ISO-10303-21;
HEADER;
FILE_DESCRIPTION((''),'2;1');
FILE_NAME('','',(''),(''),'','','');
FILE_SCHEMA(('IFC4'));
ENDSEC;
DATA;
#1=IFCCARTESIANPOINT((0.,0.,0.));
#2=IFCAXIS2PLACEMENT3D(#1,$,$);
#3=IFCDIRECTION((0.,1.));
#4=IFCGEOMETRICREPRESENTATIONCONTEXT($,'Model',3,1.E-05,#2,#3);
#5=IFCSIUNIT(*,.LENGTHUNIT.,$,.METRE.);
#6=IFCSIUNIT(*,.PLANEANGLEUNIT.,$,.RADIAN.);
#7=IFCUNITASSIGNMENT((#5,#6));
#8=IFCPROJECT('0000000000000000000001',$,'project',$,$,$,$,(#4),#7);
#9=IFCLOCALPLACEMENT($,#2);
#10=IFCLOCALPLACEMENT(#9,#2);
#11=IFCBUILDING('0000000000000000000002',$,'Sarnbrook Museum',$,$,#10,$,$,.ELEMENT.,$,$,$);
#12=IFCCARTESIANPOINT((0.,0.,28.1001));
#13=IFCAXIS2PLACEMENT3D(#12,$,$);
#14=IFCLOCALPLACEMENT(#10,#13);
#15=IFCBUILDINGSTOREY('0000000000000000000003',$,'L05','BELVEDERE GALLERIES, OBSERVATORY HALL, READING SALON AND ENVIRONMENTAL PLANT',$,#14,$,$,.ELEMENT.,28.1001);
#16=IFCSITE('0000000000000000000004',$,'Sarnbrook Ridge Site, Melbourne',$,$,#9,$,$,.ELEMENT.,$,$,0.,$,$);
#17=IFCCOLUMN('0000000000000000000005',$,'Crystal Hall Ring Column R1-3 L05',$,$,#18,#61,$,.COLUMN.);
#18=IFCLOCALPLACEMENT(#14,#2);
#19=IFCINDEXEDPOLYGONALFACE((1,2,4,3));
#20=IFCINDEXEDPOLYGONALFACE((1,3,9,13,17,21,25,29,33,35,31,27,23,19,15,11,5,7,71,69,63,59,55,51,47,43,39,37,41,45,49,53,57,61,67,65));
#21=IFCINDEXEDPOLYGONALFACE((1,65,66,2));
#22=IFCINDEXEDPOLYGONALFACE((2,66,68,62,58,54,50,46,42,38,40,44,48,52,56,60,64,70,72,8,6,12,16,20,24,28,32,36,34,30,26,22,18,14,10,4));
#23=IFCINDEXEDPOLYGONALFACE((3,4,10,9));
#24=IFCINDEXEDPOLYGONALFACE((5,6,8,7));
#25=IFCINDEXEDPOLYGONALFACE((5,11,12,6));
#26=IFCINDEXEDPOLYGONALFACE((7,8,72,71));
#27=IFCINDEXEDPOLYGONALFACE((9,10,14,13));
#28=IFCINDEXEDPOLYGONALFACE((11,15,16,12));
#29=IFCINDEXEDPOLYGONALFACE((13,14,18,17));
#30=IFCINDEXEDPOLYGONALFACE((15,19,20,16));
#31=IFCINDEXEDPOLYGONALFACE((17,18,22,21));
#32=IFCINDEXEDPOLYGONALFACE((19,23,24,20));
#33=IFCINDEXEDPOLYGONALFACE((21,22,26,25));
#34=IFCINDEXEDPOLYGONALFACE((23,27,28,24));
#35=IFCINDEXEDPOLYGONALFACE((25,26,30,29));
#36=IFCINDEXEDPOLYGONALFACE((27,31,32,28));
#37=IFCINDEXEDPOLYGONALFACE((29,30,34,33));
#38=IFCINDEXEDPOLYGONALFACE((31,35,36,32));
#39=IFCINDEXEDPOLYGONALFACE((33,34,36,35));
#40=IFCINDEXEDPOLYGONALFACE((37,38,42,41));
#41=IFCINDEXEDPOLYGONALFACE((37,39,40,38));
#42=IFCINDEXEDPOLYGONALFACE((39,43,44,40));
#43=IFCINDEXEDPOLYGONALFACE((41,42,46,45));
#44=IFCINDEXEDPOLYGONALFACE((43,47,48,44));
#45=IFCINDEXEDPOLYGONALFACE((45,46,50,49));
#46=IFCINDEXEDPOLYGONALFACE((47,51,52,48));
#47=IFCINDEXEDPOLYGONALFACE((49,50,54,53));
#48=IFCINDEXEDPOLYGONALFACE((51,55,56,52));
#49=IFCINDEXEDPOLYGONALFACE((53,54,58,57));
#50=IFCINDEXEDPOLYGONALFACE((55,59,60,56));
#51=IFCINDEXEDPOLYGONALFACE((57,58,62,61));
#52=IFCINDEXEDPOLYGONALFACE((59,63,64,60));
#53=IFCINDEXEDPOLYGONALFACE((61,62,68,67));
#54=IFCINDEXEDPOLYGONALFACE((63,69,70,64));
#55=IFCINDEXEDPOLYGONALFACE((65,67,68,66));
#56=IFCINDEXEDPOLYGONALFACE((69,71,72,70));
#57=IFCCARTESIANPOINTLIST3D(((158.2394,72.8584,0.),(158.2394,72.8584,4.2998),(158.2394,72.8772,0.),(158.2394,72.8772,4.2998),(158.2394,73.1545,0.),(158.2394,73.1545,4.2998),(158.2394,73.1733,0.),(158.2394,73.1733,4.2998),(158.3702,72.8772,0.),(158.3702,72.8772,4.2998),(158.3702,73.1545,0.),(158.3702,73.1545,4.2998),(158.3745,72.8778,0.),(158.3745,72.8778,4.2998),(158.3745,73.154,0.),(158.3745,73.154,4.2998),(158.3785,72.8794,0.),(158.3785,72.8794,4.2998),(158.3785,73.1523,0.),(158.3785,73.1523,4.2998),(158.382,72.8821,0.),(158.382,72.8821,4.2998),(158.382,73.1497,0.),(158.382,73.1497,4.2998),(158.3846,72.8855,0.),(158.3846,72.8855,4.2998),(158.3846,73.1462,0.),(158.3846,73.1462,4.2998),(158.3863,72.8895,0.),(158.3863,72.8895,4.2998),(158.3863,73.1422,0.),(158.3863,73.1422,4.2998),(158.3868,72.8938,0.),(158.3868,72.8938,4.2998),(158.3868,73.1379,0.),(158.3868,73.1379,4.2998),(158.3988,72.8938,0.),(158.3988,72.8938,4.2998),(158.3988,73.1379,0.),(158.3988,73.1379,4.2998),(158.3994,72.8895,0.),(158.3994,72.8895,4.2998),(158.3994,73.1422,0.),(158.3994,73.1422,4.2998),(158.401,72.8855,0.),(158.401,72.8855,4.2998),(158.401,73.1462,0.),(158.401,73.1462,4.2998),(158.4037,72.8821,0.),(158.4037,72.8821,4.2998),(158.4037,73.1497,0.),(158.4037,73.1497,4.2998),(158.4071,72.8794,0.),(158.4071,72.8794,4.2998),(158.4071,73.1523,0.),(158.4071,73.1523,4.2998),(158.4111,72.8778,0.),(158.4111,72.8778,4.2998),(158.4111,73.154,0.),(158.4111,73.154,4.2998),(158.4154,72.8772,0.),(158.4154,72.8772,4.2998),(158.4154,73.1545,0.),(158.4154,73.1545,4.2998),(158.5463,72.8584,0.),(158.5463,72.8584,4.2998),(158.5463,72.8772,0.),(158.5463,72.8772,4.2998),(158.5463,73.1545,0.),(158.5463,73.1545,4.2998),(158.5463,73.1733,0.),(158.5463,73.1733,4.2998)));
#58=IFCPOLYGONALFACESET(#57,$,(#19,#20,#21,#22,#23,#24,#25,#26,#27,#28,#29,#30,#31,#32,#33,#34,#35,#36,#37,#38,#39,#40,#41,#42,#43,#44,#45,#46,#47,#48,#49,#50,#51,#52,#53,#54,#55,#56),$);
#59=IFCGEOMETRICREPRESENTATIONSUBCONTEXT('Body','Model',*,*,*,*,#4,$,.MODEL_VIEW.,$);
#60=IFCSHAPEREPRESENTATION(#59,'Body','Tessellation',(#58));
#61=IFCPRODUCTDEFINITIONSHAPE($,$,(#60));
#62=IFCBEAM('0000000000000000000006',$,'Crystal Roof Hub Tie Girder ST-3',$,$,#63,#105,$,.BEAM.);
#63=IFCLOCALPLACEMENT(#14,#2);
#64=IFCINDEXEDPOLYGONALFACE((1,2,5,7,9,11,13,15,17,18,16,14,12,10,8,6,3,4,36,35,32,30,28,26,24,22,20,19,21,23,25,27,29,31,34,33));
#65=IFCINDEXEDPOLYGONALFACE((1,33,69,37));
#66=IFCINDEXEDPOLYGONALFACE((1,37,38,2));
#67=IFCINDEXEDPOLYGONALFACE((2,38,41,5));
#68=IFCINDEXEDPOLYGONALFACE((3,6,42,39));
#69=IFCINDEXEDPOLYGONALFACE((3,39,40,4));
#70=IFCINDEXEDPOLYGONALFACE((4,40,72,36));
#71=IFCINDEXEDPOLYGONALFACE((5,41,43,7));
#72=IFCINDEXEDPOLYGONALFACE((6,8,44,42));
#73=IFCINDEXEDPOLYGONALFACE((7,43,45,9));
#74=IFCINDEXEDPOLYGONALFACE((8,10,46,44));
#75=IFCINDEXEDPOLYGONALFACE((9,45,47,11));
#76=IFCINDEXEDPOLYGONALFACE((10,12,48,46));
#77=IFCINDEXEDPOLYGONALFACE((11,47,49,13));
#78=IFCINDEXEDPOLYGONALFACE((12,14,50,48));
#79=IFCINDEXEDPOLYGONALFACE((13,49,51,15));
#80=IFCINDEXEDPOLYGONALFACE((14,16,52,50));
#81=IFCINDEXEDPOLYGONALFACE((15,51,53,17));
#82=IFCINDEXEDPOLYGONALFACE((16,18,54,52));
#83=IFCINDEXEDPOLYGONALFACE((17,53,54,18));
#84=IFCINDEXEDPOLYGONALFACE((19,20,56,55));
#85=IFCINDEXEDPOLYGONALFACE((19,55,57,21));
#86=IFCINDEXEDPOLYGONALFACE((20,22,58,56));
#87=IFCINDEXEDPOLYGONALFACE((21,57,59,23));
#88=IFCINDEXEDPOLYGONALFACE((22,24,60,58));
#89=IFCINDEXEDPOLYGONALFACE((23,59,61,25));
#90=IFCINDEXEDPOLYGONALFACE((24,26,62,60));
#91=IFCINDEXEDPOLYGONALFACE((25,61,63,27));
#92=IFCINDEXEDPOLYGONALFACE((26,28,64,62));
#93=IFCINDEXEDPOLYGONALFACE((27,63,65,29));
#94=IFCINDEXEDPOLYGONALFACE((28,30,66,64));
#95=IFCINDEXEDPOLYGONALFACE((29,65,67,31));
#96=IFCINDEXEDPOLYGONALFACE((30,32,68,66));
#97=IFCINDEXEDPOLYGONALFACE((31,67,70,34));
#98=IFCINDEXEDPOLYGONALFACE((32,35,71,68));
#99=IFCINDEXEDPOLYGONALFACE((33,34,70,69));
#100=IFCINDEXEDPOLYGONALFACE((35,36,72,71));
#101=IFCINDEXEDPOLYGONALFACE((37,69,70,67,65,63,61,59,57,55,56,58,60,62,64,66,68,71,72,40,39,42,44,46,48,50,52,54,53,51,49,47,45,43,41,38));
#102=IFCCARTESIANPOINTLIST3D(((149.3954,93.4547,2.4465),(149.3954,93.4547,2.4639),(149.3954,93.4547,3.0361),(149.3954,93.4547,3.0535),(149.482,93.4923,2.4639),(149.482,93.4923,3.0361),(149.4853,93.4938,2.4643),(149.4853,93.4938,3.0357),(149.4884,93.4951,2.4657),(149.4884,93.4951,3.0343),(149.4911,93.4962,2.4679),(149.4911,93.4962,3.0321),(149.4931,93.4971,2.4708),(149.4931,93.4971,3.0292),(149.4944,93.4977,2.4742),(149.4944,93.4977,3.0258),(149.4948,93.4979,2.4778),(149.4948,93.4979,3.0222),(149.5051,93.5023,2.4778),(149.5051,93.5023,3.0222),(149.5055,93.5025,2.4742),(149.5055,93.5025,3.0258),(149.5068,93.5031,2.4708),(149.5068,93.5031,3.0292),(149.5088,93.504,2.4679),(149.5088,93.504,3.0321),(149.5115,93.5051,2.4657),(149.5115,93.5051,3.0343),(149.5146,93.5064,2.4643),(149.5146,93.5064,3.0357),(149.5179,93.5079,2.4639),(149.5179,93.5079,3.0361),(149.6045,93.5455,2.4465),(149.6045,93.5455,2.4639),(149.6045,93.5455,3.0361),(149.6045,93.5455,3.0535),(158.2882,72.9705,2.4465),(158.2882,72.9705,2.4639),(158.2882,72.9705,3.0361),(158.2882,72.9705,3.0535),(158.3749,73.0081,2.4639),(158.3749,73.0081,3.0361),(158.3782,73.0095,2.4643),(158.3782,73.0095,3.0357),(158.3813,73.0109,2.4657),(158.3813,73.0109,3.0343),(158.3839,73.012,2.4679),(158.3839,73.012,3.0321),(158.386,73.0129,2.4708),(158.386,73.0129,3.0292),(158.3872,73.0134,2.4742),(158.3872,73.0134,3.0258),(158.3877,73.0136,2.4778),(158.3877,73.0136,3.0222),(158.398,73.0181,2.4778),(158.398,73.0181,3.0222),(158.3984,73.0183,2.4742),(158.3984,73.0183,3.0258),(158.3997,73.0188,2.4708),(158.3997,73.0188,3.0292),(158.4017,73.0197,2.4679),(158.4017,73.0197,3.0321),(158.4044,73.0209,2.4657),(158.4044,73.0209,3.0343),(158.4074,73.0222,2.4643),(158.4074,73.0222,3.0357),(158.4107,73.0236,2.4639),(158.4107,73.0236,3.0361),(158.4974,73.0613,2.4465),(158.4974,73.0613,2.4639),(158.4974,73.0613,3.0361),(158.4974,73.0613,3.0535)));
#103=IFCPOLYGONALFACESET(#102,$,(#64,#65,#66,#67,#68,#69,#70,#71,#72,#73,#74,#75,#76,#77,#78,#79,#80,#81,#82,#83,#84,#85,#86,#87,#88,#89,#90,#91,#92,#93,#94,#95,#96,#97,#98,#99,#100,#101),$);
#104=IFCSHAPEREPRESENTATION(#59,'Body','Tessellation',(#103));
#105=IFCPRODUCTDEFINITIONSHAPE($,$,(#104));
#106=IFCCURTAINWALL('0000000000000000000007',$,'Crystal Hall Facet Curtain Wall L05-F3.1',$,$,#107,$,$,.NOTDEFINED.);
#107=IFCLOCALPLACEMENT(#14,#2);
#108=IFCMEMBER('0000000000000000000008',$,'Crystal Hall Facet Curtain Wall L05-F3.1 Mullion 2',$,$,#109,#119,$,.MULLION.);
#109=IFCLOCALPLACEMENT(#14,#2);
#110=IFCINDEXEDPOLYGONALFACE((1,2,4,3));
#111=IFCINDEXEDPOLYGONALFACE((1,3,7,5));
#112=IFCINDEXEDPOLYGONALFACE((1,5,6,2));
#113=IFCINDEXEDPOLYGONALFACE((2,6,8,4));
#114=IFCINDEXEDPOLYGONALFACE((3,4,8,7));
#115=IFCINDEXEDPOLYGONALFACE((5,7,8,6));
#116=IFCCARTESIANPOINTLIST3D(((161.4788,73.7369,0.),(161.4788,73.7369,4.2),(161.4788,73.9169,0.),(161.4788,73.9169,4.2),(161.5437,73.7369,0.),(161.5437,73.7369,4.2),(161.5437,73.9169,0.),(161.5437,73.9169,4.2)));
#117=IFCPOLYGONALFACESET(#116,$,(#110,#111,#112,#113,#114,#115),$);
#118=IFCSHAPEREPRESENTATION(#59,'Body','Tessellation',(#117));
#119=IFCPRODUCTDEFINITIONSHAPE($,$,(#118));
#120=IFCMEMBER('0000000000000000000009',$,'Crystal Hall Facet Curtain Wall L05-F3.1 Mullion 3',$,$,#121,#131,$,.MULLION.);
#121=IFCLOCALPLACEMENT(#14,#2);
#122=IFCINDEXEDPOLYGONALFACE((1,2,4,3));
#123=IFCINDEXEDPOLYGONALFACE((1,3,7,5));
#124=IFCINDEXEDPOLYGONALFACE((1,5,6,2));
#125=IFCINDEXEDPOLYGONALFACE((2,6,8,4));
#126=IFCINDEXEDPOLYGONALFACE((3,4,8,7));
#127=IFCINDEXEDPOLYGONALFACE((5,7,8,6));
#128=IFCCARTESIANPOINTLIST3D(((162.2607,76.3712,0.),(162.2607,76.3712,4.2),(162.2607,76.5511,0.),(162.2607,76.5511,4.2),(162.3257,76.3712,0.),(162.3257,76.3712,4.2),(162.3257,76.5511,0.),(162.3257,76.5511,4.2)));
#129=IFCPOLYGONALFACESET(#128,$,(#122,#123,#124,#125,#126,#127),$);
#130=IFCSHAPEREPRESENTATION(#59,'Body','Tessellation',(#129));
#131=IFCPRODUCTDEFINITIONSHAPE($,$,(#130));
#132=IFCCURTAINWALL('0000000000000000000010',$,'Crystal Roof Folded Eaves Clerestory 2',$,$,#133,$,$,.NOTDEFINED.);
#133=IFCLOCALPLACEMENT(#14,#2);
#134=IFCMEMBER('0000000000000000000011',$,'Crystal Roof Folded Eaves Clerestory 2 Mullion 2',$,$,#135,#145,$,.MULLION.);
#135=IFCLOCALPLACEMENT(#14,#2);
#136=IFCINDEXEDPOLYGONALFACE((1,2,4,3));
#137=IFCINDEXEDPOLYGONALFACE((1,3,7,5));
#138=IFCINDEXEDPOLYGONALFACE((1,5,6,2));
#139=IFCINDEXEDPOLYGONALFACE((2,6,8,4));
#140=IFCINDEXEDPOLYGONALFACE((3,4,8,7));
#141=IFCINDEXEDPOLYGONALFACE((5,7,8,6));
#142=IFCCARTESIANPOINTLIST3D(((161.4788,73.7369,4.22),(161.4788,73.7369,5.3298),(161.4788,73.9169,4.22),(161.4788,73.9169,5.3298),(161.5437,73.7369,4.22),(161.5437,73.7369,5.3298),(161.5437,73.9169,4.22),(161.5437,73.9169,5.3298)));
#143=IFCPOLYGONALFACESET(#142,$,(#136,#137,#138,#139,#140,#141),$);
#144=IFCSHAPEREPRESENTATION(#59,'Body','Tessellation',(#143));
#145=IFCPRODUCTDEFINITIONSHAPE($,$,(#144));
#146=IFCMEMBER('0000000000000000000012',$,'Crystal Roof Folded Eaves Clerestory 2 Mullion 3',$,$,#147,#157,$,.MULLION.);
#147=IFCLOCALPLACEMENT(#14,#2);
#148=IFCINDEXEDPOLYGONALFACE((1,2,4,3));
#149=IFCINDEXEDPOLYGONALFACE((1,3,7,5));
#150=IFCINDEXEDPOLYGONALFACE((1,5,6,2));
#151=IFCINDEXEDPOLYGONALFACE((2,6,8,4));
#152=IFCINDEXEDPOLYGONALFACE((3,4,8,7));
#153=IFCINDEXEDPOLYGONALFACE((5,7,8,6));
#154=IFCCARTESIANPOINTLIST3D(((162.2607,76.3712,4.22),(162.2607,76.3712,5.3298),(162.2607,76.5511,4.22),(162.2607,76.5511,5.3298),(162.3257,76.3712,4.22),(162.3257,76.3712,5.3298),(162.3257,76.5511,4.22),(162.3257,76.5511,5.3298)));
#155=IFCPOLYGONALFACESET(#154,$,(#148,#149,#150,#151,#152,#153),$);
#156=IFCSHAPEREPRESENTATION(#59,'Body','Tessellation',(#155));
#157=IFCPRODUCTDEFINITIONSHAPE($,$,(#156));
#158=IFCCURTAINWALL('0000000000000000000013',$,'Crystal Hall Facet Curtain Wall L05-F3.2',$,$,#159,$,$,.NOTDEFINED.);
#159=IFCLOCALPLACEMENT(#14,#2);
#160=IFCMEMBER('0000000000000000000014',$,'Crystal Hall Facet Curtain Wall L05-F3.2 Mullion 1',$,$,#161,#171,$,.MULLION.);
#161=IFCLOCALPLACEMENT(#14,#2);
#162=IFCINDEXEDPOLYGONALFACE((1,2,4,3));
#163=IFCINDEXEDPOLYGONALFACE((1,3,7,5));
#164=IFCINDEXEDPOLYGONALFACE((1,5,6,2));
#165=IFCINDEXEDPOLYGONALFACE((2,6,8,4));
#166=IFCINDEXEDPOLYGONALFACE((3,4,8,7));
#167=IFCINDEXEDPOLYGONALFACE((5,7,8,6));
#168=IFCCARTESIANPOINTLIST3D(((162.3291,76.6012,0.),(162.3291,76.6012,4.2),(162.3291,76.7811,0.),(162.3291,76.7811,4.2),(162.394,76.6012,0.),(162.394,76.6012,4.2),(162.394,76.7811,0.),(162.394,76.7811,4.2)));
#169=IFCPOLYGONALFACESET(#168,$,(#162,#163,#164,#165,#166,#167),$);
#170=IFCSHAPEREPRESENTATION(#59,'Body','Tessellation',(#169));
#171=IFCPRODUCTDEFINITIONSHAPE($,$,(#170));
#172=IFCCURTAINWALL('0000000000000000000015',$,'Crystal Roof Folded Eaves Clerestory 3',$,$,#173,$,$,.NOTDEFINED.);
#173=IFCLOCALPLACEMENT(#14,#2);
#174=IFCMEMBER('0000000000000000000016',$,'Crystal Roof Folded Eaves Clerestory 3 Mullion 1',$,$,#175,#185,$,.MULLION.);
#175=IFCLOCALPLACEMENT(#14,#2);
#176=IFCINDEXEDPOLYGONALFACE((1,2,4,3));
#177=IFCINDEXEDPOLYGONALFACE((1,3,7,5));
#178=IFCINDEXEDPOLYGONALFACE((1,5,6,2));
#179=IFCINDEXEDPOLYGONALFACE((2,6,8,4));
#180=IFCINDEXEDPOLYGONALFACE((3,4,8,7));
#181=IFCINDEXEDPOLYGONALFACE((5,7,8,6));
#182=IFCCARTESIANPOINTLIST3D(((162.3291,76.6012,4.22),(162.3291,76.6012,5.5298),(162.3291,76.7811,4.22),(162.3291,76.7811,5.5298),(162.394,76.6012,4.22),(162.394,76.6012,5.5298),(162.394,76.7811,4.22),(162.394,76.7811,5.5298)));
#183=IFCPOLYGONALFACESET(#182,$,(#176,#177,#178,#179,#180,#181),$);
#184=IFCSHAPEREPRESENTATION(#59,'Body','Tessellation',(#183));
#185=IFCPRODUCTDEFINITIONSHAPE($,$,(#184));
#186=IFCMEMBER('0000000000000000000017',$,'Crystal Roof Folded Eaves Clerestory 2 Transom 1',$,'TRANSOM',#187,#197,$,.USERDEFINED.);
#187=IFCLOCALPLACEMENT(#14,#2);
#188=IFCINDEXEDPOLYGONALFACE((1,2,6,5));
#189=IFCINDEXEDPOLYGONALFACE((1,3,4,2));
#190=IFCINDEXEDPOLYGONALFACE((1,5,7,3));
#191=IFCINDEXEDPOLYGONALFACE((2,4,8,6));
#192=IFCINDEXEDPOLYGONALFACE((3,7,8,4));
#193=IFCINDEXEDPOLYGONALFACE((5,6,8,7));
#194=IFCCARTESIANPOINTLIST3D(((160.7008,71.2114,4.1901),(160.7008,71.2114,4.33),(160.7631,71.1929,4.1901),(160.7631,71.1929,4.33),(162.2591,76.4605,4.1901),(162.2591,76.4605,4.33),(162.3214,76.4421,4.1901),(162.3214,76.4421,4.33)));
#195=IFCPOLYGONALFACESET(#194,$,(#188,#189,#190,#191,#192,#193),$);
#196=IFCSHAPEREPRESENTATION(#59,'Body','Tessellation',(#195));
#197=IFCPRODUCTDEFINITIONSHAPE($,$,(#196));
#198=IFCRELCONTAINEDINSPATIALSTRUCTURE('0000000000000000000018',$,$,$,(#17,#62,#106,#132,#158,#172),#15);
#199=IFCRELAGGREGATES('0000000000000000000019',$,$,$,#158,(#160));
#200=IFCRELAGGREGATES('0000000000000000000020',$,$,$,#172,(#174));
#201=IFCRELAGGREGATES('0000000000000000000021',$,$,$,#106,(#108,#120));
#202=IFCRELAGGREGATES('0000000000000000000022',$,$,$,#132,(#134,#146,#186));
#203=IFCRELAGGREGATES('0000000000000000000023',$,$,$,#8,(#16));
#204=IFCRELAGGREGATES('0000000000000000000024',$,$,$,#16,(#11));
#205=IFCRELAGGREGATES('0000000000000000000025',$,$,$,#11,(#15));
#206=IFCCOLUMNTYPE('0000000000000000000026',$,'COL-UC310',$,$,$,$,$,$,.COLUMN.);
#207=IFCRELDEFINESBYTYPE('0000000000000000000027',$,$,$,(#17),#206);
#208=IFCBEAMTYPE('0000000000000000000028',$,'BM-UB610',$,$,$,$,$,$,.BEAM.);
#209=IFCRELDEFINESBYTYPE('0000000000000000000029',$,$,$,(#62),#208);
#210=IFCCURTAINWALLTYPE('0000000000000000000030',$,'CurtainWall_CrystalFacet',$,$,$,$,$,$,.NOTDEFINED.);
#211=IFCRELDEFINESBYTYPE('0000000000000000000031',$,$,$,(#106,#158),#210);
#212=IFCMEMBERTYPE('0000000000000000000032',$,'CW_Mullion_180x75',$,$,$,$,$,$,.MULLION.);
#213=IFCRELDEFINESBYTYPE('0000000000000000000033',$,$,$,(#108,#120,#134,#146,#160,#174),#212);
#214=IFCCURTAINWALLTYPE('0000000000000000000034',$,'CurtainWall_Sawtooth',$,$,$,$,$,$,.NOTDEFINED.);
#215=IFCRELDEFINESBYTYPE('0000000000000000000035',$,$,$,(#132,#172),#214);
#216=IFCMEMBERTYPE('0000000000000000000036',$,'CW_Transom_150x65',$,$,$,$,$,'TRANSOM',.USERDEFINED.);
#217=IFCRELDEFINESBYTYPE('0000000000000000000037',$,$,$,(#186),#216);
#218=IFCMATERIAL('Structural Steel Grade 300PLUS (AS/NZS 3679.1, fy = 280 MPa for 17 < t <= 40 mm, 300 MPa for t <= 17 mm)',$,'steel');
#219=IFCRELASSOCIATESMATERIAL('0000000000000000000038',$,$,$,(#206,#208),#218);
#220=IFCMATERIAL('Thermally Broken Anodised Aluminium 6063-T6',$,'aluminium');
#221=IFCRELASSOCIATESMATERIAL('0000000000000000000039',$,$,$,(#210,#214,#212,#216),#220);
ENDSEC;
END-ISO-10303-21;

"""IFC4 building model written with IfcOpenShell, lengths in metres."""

from ifc_helpers import new_model, si_unit, direction, frame, origin, origin_2d, place, context, subcontext, project, spatial, rectangle, i_section, extrude, material, material_profile, profile_set, type_object, element, aggregate, save


model = new_model("IFC4")

# Units and contexts
model_context = context("Model", 3, precision=1e-05, world=origin(), true_north=direction((0.0, 1.0)))
body_context = subcontext(model_context, "Body", "Model", "MODEL_VIEW")
ifc_project = project(units=[si_unit("LENGTHUNIT", "METRE"), si_unit("PLANEANGLEUNIT", "RADIAN")], contexts=[model_context])

# Site, building, storey
site_placement = place(None, origin())
site = spatial("IfcSite", under=ifc_project, at=site_placement, Name="Sarnbrook Ridge Site, Melbourne", CompositionType="ELEMENT", RefElevation=0.0)
building_placement = place(site_placement, origin())
building = spatial("IfcBuilding", under=site, at=building_placement, Name="Sarnbrook Museum", CompositionType="ELEMENT")
storey_placement = place(building_placement, frame((0.0, 0.0, 28.1001)))
storey = spatial("IfcBuildingStorey", under=building, at=storey_placement, Name="L05", Description="BELVEDERE GALLERIES, OBSERVATORY HALL, READING SALON AND ENVIRONMENTAL PLANT", CompositionType="ELEMENT", Elevation=28.1001)

# Column
ifc_material_1 = material(Name="Structural Steel Grade 300PLUS (AS/NZS 3679.1, fy = 280 MPa for 17 < t <= 40 mm, 300 MPa for t <= 17 mm)", Category="steel")
ifc_material_profile_1 = material_profile(ifc_material_1, i_section(OverallWidth=0.3069, OverallDepth=0.3149, WebThickness=0.012, FlangeThickness=0.0188, FilletRadius=0.0166, at=origin_2d()), Name="310UC118")
ifc_profile_set_1 = profile_set([ifc_material_profile_1], Name="Structural Steel Grade 300PLUS (AS/NZS 3679.1, fy = 280 MPa for 17 < t <= 40 mm, 300 MPa for t <= 17 mm)")
column_type = type_object("IfcColumnType", Name="COL-UC310", PredefinedType="COLUMN", material=ifc_profile_set_1)
column_placement = place(storey_placement, frame((158.3928, 73.0159, 0.0), z_axis=(0.0, 0.0, 1.0), x_axis=(1.0, 0.0, 0.0)))
element("IfcColumn", 1, at=column_placement, inside=storey, type_object=column_type, Name="Crystal Hall Ring Column R1-3 L05", PredefinedType="COLUMN", context=body_context, shape_type="SweptSolid", body=[
    extrude(i_section(OverallWidth=0.3069, OverallDepth=0.3149, WebThickness=0.012, FlangeThickness=0.0188, FilletRadius=0.0166, at=origin_2d()), origin(), (0.0, 0.0, 1.0), 4.2998),
])

# Beam
ifc_material_profile_2 = material_profile(ifc_material_1, i_section(OverallWidth=0.228, OverallDepth=0.6069, WebThickness=0.0112, FlangeThickness=0.0173, FilletRadius=0.0139, at=origin_2d()), Name="610UB113")
ifc_profile_set_2 = profile_set([ifc_material_profile_2], Name="Structural Steel Grade 300PLUS (AS/NZS 3679.1, fy = 280 MPa for 17 < t <= 40 mm, 300 MPa for t <= 17 mm)")
beam_type = type_object("IfcBeamType", Name="BM-UB610", PredefinedType="BEAM", material=ifc_profile_set_2)
beam_placement = place(storey_placement, frame((158.3928, 73.0159, 2.75), z_axis=(-0.398224, 0.917288, 0.0), x_axis=(-0.917288, -0.398224, 0.0)))
element("IfcBeam", 2, at=beam_placement, inside=storey, type_object=beam_type, Name="Crystal Roof Hub Tie Girder ST-3", PredefinedType="BEAM", context=body_context, shape_type="SweptSolid", body=[
    extrude(i_section(OverallWidth=0.228, OverallDepth=0.6069, WebThickness=0.0112, FlangeThickness=0.0173, FilletRadius=0.0139, at=origin_2d()), origin(), (0.0, 0.0, 1.0), 22.3313),
])

# Curtain walls, members
ifc_material_2 = material(Name="Thermally Broken Anodised Aluminium 6063-T6", Category="aluminium")
curtain_wall_type_1 = type_object("IfcCurtainWallType", Name="CurtainWall_CrystalFacet", PredefinedType="NOTDEFINED", material=ifc_material_2)
curtain_wall_1_placement = place(storey_placement, origin())
curtain_wall_1 = element("IfcCurtainWall", 3, at=curtain_wall_1_placement, inside=storey, type_object=curtain_wall_type_1, Name="Crystal Hall Facet Curtain Wall L05-F3.1", PredefinedType="NOTDEFINED")
ifc_material_profile_3 = material_profile(ifc_material_2, rectangle(XDim=0.0649, YDim=0.1799, at=origin_2d()), Name="ALU MULLION 65x180")
ifc_profile_set_3 = profile_set([ifc_material_profile_3], Name="Thermally Broken Anodised Aluminium 6063-T6")
member_type_1 = type_object("IfcMemberType", Name="CW_Mullion_180x75", PredefinedType="MULLION", material=ifc_profile_set_3)
member_1_placement = place(storey_placement, frame((161.5112, 73.8269, 0.0), z_axis=(0.0, 0.0, 1.0), x_axis=(1.0, 0.0, 0.0)))
member_1 = element("IfcMember", 4, at=member_1_placement, type_object=member_type_1, Name="Crystal Hall Facet Curtain Wall L05-F3.1 Mullion 2", PredefinedType="MULLION", context=body_context, shape_type="SweptSolid", body=[
    extrude(rectangle(XDim=0.0649, YDim=0.1799, at=origin_2d()), origin(), (0.0, 0.0, 1.0), 4.2),
])
member_2_placement = place(storey_placement, frame((162.2932, 76.4612, 0.0), z_axis=(0.0, 0.0, 1.0), x_axis=(1.0, 0.0, 0.0)))
member_2 = element("IfcMember", 5, at=member_2_placement, type_object=member_type_1, Name="Crystal Hall Facet Curtain Wall L05-F3.1 Mullion 3", PredefinedType="MULLION", context=body_context, shape_type="SweptSolid", body=[
    extrude(rectangle(XDim=0.0649, YDim=0.1799, at=origin_2d()), origin(), (0.0, 0.0, 1.0), 4.2),
])
curtain_wall_type_2 = type_object("IfcCurtainWallType", Name="CurtainWall_Sawtooth", PredefinedType="NOTDEFINED", material=ifc_material_2)
curtain_wall_2_placement = place(storey_placement, origin())
curtain_wall_2 = element("IfcCurtainWall", 6, at=curtain_wall_2_placement, inside=storey, type_object=curtain_wall_type_2, Name="Crystal Roof Folded Eaves Clerestory 2", PredefinedType="NOTDEFINED")
member_3_placement = place(storey_placement, frame((161.5112, 73.8269, 4.22), z_axis=(0.0, 0.0, 1.0), x_axis=(1.0, 0.0, 0.0)))
member_3 = element("IfcMember", 7, at=member_3_placement, type_object=member_type_1, Name="Crystal Roof Folded Eaves Clerestory 2 Mullion 2", PredefinedType="MULLION", context=body_context, shape_type="SweptSolid", body=[
    extrude(rectangle(XDim=0.0649, YDim=0.1799, at=origin_2d()), origin(), (0.0, 0.0, 1.0), 1.1099),
])
member_4_placement = place(storey_placement, frame((162.2932, 76.4612, 4.22), z_axis=(0.0, 0.0, 1.0), x_axis=(1.0, 0.0, 0.0)))
member_4 = element("IfcMember", 8, at=member_4_placement, type_object=member_type_1, Name="Crystal Roof Folded Eaves Clerestory 2 Mullion 3", PredefinedType="MULLION", context=body_context, shape_type="SweptSolid", body=[
    extrude(rectangle(XDim=0.0649, YDim=0.1799, at=origin_2d()), origin(), (0.0, 0.0, 1.0), 1.1099),
])

# Curtain walls, members
curtain_wall_3_placement = place(storey_placement, origin())
curtain_wall_3 = element("IfcCurtainWall", 9, at=curtain_wall_3_placement, inside=storey, type_object=curtain_wall_type_1, Name="Crystal Hall Facet Curtain Wall L05-F3.2", PredefinedType="NOTDEFINED")
member_5_placement = place(storey_placement, frame((162.3616, 76.6912, 0.0), z_axis=(0.0, 0.0, 1.0), x_axis=(1.0, 0.0, 0.0)))
member_5 = element("IfcMember", 10, at=member_5_placement, type_object=member_type_1, Name="Crystal Hall Facet Curtain Wall L05-F3.2 Mullion 1", PredefinedType="MULLION", context=body_context, shape_type="SweptSolid", body=[
    extrude(rectangle(XDim=0.0649, YDim=0.1799, at=origin_2d()), origin(), (0.0, 0.0, 1.0), 4.2),
])
curtain_wall_4_placement = place(storey_placement, origin())
curtain_wall_4 = element("IfcCurtainWall", 11, at=curtain_wall_4_placement, inside=storey, type_object=curtain_wall_type_2, Name="Crystal Roof Folded Eaves Clerestory 3", PredefinedType="NOTDEFINED")
member_6_placement = place(storey_placement, frame((162.3616, 76.6912, 4.22), z_axis=(0.0, 0.0, 1.0), x_axis=(1.0, 0.0, 0.0)))
member_6 = element("IfcMember", 12, at=member_6_placement, type_object=member_type_1, Name="Crystal Roof Folded Eaves Clerestory 3 Mullion 1", PredefinedType="MULLION", context=body_context, shape_type="SweptSolid", body=[
    extrude(rectangle(XDim=0.0649, YDim=0.1799, at=origin_2d()), origin(), (0.0, 0.0, 1.0), 1.3098),
])

# Member
ifc_material_profile_4 = material_profile(ifc_material_2, rectangle(XDim=0.0649, YDim=0.1399, at=origin_2d()), Name="ALU TRANSOM 65x140")
ifc_profile_set_4 = profile_set([ifc_material_profile_4], Name="Thermally Broken Anodised Aluminium 6063-T6")
member_type_2 = type_object("IfcMemberType", Name="CW_Transom_150x65", ElementType="TRANSOM", PredefinedType="USERDEFINED", material=ifc_profile_set_4)
member_7_placement = place(storey_placement, frame((160.7319, 71.2021, 4.26), z_axis=(0.284594, 0.958648, 0.0), x_axis=(-0.958648, 0.284594, 0.0)))
member_7 = element("IfcMember", 13, at=member_7_placement, type_object=member_type_2, Name="Crystal Roof Folded Eaves Clerestory 2 Transom 1", ObjectType="TRANSOM", PredefinedType="USERDEFINED", context=body_context, shape_type="SweptSolid", body=[
    extrude(rectangle(XDim=0.0649, YDim=0.1399, at=origin_2d()), origin(), (0.0, 0.0, 1.0), 5.4756),
])
aggregate(curtain_wall_3, [member_5])
aggregate(curtain_wall_4, [member_6])

aggregate(curtain_wall_1, [member_1, member_2])
aggregate(curtain_wall_2, [member_3, member_4, member_7])

save(model, "model.ifc")
